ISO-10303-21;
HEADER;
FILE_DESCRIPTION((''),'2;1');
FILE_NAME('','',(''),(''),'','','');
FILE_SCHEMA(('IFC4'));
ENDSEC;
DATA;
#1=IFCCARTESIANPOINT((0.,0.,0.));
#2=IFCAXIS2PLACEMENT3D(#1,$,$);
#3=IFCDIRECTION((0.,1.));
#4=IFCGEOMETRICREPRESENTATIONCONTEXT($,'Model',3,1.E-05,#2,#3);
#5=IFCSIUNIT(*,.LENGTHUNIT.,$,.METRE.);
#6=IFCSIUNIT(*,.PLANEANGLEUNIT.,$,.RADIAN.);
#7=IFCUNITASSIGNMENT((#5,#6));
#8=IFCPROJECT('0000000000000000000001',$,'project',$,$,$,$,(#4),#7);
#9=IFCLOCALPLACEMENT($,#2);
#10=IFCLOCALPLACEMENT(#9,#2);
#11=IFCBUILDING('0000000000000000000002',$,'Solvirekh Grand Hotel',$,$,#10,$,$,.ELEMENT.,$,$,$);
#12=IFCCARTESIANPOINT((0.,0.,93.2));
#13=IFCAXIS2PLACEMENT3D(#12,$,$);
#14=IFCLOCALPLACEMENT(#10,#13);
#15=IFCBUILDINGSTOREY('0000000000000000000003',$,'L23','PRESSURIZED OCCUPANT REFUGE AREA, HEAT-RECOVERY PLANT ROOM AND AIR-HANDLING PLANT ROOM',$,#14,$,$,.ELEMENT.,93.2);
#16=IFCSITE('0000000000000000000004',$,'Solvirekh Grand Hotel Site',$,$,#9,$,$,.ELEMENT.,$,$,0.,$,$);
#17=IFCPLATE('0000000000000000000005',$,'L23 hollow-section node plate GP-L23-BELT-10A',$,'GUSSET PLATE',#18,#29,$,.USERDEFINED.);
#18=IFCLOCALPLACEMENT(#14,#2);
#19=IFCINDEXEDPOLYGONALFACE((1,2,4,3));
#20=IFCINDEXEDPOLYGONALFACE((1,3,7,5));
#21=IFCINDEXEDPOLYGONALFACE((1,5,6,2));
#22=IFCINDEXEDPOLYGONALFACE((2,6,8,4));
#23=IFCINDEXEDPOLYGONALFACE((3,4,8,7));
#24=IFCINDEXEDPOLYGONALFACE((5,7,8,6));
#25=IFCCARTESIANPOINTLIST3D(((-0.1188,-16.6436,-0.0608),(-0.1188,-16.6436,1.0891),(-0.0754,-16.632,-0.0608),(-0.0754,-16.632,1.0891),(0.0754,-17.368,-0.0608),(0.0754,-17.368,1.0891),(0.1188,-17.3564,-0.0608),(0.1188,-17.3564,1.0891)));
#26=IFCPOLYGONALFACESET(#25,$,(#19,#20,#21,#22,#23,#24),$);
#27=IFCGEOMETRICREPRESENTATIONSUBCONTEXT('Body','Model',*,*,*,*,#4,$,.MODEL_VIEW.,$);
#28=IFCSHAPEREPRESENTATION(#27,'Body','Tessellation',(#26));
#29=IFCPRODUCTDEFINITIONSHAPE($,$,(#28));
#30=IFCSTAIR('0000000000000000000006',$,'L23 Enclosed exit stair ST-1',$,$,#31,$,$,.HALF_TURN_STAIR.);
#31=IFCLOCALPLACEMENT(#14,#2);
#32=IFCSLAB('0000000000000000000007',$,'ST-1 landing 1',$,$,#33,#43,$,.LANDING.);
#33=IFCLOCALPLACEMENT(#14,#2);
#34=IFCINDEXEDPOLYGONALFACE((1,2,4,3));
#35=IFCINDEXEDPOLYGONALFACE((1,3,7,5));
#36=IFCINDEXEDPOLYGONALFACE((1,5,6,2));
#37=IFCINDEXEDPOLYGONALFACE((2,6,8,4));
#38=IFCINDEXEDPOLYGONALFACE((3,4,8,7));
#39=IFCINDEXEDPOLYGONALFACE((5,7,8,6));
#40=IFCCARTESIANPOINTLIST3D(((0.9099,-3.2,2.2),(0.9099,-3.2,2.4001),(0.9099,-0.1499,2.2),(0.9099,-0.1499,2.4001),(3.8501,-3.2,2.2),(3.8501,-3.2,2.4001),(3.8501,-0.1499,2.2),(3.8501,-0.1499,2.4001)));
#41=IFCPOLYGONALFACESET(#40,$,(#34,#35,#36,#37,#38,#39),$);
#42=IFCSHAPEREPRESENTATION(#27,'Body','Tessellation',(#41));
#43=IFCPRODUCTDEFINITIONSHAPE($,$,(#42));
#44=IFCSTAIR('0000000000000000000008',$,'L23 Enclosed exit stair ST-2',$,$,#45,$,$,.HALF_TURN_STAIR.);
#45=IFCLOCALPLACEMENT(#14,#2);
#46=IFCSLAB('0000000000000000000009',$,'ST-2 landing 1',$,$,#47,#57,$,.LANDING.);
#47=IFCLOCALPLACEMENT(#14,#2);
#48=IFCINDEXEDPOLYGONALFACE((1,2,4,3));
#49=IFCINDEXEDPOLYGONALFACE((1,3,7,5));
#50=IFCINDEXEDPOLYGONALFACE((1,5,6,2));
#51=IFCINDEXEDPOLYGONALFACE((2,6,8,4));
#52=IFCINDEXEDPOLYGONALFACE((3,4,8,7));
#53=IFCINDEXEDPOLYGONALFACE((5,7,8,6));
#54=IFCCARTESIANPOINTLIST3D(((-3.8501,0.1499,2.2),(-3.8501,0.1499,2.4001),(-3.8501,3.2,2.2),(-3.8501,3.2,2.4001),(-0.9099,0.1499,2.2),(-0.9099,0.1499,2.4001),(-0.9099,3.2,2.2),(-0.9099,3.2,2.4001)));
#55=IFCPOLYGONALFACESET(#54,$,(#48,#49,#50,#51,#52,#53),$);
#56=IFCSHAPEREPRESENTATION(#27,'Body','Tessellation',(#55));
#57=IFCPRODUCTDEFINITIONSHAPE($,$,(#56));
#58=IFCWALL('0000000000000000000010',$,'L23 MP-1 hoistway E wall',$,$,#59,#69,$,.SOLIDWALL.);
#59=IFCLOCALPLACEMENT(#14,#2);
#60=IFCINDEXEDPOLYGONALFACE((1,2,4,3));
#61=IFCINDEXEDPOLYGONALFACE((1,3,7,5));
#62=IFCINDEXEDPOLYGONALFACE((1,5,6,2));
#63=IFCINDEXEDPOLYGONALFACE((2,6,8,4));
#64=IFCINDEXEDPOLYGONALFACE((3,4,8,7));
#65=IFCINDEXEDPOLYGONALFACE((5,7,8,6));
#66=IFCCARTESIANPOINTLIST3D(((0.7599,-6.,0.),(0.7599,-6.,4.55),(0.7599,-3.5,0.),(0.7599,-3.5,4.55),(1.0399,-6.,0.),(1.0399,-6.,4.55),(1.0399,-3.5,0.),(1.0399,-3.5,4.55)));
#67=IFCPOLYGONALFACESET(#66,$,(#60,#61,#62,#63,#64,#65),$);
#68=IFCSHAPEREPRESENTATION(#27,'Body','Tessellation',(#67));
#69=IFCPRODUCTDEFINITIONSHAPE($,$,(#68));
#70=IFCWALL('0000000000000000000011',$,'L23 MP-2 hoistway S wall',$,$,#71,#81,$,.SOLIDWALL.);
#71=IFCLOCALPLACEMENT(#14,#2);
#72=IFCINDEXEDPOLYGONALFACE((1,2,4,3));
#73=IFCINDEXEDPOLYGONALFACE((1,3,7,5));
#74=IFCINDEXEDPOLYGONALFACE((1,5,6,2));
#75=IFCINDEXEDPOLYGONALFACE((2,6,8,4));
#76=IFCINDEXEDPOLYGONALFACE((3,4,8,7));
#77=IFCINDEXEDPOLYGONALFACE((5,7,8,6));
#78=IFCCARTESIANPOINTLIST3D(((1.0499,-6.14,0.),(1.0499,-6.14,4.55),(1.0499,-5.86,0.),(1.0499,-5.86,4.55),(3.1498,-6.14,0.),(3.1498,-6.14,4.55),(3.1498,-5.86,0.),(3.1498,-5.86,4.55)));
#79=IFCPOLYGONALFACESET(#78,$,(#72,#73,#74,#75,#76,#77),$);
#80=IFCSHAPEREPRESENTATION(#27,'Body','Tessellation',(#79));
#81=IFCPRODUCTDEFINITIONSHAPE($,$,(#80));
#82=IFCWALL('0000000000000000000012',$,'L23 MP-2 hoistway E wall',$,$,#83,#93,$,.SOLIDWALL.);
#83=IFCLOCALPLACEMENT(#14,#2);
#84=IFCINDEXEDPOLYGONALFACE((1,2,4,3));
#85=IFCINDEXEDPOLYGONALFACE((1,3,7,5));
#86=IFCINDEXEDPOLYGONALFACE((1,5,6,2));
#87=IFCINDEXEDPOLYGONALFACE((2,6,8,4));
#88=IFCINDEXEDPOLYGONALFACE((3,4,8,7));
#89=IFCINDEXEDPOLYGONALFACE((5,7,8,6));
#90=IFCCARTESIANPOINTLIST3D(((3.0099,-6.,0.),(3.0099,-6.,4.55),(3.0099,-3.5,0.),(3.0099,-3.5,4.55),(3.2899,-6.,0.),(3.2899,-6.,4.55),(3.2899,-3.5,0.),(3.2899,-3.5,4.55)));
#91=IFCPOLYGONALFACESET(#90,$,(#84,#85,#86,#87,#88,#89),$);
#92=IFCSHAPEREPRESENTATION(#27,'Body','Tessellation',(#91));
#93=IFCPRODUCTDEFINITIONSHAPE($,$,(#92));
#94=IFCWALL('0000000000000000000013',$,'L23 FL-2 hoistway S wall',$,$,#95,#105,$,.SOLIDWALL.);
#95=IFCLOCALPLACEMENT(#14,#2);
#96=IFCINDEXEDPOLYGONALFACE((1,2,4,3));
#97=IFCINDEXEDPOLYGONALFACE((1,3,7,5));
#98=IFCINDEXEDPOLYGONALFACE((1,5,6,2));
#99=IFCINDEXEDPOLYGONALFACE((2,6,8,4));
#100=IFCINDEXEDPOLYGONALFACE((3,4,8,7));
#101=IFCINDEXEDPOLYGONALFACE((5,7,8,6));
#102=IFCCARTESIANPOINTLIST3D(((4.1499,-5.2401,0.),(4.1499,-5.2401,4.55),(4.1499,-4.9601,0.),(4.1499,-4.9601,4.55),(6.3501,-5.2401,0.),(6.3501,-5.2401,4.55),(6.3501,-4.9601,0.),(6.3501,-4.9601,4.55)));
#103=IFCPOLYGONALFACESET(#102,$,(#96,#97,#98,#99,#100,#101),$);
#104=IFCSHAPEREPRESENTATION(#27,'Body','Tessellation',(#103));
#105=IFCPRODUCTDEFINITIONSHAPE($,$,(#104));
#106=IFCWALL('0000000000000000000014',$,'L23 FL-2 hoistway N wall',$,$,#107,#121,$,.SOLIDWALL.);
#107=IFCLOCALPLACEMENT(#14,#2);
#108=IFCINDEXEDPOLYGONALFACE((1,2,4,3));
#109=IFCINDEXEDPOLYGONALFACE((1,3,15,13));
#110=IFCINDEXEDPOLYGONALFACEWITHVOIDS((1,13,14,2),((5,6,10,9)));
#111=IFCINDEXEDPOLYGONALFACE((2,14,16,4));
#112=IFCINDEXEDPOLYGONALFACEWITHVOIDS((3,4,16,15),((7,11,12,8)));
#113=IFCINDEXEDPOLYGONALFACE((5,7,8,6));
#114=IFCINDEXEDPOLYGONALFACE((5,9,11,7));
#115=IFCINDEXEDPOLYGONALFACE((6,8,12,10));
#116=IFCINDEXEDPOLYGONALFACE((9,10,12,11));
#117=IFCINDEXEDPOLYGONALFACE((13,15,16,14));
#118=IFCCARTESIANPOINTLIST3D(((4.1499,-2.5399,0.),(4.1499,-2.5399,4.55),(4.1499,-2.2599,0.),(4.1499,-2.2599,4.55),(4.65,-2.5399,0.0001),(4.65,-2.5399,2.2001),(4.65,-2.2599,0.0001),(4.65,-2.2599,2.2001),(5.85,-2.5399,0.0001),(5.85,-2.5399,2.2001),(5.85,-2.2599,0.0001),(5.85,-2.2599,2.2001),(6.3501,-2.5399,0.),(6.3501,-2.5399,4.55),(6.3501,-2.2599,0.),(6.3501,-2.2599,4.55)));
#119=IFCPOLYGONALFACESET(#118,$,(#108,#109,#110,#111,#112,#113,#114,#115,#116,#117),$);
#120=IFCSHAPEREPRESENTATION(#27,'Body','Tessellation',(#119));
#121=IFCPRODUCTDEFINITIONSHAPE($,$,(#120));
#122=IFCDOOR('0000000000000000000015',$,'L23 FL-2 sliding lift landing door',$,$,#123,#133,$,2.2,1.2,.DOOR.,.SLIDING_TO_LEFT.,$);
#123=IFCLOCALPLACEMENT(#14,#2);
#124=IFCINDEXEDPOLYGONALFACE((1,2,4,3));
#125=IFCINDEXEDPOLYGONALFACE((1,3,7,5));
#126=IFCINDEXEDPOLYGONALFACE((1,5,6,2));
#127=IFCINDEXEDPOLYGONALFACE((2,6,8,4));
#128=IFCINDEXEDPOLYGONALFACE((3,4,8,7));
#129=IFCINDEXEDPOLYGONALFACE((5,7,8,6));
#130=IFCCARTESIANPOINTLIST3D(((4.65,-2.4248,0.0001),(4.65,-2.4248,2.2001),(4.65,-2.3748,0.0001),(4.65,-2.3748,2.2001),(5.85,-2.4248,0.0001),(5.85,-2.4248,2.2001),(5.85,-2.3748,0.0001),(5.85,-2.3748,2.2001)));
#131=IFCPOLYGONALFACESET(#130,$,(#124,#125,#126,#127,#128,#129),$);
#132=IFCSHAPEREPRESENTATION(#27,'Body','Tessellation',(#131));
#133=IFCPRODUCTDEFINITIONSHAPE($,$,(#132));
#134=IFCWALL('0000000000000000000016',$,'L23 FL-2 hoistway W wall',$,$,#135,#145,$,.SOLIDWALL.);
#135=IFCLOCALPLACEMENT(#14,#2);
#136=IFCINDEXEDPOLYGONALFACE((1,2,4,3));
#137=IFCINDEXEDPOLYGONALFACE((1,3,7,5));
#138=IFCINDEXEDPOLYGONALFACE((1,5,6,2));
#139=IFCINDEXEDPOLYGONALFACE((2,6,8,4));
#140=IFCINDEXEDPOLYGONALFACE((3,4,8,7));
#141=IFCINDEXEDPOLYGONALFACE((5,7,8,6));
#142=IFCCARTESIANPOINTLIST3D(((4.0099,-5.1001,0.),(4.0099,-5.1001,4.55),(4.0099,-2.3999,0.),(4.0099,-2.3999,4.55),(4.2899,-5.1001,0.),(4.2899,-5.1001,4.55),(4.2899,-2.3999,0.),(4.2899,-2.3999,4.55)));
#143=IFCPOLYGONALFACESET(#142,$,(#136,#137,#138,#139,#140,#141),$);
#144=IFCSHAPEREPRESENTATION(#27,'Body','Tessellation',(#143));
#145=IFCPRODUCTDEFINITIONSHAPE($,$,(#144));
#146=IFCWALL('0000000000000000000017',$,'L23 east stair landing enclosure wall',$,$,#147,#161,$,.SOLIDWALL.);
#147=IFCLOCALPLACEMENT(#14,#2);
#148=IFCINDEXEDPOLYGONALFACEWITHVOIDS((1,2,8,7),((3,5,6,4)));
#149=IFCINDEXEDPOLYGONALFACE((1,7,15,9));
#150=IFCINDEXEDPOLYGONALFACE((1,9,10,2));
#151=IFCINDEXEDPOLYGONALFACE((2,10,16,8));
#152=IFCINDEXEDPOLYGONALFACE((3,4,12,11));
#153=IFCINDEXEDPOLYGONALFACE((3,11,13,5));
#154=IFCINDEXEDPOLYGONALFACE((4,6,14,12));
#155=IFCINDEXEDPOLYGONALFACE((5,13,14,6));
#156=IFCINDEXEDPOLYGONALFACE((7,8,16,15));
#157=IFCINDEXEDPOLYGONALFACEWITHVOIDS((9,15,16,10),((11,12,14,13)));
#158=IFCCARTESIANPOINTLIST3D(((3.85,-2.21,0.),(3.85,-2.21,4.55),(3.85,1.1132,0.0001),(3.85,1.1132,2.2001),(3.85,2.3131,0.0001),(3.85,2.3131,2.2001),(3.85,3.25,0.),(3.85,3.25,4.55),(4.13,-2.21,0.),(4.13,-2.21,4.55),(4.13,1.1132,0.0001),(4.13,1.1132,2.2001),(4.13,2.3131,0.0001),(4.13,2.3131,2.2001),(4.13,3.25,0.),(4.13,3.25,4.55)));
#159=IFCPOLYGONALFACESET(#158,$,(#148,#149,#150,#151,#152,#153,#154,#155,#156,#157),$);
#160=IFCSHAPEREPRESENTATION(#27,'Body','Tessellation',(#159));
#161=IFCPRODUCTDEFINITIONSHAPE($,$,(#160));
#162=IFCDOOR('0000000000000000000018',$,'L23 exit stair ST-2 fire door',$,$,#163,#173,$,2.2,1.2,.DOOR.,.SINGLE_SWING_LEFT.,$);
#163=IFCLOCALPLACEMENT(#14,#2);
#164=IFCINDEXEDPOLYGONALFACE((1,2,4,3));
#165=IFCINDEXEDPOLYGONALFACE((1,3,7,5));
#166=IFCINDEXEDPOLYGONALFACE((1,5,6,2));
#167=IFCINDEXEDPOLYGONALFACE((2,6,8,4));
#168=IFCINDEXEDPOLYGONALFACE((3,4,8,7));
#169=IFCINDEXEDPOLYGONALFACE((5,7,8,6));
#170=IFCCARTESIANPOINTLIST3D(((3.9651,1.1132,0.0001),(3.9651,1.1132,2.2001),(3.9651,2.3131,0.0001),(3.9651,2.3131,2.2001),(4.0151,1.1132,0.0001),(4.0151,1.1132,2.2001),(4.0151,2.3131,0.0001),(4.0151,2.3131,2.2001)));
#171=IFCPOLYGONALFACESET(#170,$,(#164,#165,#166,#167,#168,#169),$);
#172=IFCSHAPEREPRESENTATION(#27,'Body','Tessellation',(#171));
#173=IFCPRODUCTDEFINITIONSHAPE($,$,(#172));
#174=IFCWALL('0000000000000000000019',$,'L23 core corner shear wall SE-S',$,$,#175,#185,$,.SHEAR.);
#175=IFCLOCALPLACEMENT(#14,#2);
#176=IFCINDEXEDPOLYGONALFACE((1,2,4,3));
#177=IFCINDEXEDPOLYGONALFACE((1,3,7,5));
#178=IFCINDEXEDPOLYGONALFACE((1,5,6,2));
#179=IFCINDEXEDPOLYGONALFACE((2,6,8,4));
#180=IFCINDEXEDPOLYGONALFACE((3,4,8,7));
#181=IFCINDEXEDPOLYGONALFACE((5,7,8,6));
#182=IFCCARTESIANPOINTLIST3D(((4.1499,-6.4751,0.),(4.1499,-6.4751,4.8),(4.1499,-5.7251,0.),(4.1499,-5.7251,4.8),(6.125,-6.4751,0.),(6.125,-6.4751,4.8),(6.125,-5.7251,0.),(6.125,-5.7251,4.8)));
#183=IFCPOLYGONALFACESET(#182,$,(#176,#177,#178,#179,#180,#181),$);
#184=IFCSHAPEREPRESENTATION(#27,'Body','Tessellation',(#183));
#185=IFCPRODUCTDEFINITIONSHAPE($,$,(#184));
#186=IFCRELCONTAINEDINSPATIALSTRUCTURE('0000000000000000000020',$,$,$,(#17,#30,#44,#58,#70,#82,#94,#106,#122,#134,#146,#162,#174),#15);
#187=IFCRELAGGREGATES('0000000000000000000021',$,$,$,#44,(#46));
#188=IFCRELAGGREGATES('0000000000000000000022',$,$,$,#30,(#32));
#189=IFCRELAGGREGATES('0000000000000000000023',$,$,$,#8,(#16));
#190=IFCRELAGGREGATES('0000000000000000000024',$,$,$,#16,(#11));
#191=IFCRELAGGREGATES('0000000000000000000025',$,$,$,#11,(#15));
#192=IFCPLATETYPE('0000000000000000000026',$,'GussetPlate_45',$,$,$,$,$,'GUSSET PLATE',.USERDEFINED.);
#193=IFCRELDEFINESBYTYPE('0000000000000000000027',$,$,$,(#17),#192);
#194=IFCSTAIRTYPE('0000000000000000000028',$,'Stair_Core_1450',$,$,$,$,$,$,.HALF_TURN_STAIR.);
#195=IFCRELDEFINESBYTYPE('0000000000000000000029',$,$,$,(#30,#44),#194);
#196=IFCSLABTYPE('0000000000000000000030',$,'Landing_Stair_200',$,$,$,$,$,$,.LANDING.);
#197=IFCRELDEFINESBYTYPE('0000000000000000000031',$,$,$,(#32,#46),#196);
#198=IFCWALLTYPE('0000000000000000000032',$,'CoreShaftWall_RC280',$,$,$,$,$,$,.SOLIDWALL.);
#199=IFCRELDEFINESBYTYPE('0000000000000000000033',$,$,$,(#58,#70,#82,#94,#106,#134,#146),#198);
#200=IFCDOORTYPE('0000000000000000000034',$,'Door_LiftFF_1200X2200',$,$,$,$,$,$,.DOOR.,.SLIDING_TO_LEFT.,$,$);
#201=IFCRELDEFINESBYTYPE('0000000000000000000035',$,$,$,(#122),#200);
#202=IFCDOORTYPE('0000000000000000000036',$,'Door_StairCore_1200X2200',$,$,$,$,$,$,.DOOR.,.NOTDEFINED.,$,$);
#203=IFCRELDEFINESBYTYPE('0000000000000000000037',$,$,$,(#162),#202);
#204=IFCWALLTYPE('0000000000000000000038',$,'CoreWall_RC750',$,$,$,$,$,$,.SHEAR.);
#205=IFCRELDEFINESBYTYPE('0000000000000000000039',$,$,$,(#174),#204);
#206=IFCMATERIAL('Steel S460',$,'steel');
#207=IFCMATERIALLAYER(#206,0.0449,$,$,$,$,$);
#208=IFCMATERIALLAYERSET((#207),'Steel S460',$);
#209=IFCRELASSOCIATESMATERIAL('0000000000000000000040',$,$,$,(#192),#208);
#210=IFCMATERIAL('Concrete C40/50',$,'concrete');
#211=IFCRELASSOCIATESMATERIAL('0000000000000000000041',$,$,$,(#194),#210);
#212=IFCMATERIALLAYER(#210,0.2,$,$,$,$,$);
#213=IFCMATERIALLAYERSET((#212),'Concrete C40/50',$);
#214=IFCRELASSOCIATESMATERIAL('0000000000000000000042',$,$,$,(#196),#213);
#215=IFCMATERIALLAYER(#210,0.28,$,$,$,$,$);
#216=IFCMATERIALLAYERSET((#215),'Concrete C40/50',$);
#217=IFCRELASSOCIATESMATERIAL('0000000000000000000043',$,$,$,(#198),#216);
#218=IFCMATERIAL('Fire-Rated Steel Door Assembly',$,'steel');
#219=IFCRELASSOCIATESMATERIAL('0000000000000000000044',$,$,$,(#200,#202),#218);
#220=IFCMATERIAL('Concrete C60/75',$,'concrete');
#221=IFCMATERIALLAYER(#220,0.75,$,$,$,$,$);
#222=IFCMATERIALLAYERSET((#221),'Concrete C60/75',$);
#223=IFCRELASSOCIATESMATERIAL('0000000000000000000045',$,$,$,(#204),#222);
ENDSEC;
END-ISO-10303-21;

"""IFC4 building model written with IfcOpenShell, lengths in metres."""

from ifc_helpers import new_model, si_unit, direction, frame, frame_2d, origin, origin_2d, place, context, subcontext, project, spatial, polyline, rectangle, outline, extrude, material, layer, layer_set, type_object, element, fill, aggregate, save


model = new_model("IFC4")

# Units and contexts
model_context = context("Model", 3, precision=1e-05, world=origin(), true_north=direction((0.0, 1.0)))
body_context = subcontext(model_context, "Body", "Model", "MODEL_VIEW")
ifc_project = project(units=[si_unit("LENGTHUNIT", "METRE"), si_unit("PLANEANGLEUNIT", "RADIAN")], contexts=[model_context])

# Site, building, storey
site_placement = place(None, origin())
site = spatial("IfcSite", under=ifc_project, at=site_placement, Name="Solvirekh Grand Hotel Site", CompositionType="ELEMENT", RefElevation=0.0)
building_placement = place(site_placement, origin())
building = spatial("IfcBuilding", under=site, at=building_placement, Name="Solvirekh Grand Hotel", CompositionType="ELEMENT")
storey_placement = place(building_placement, frame((0.0, 0.0, 93.2)))
storey = spatial("IfcBuildingStorey", under=building, at=storey_placement, Name="L23", Description="PRESSURIZED OCCUPANT REFUGE AREA, HEAT-RECOVERY PLANT ROOM AND AIR-HANDLING PLANT ROOM", CompositionType="ELEMENT", Elevation=93.2)

# Shared definitions
ifc_material_1 = material(Name="Concrete C60/75", Category="concrete")

# Shared definitions
ifc_material_2 = material(Name="Steel S460", Category="steel")

# Plate
ifc_layer_1 = layer(ifc_material_2, 0.0449)
ifc_layer_set_1 = layer_set([ifc_layer_1], Name="Steel S460")
plate_type = type_object("IfcPlateType", Name="GussetPlate_45", ElementType="GUSSET PLATE", PredefinedType="USERDEFINED", material=ifc_layer_set_1)
for number, where, z_axis, x_axis, name in (
    (1, (0.0, -17.0, -0.0608), (0.0, 0.0, 1.0), (0.965926, 0.258819, 0.0), "L23 hollow-section node plate GP-L23-BELT-10A"),
):
    element("IfcPlate", number, at=place(storey_placement, frame(where, z_axis=z_axis, x_axis=x_axis)), inside=storey, type_object=plate_type, Name=name, ObjectType="GUSSET PLATE", PredefinedType="USERDEFINED", context=body_context, shape_type="SweptSolid", body=[
        extrude(rectangle(XDim=0.0449, YDim=0.75, at=origin_2d()), origin(), (0.0, 0.0, 1.0), 1.1499),
    ])

# Stairs, slabs
ifc_material_3 = material(Name="Concrete C40/50", Category="concrete")
stair_type = type_object("IfcStairType", Name="Stair_Core_1450", PredefinedType="HALF_TURN_STAIR", material=ifc_material_3)
stair_1_placement = place(storey_placement, origin())
stair_1 = element("IfcStair", 2, at=stair_1_placement, inside=storey, type_object=stair_type, Name="L23 Enclosed exit stair ST-1", PredefinedType="HALF_TURN_STAIR")
ifc_layer_2 = layer(ifc_material_3, 0.2)
ifc_layer_set_2 = layer_set([ifc_layer_2], Name="Concrete C40/50")
slab_type = type_object("IfcSlabType", Name="Landing_Stair_200", PredefinedType="LANDING", material=ifc_layer_set_2)
slab_1_placement = place(storey_placement, frame((0.0, 0.0, 2.2)))
slab_1 = element("IfcSlab", 3, at=slab_1_placement, type_object=slab_type, Name="ST-1 landing 1", PredefinedType="LANDING", context=body_context, shape_type="SweptSolid", body=[
    extrude(outline(polyline([(0.9099, -3.2), (3.8501, -3.2), (3.8501, -0.1499), (0.9099, -0.1499), (0.9099, -3.2)])), origin(), (0.0, 0.0, 1.0), 0.2002),
])
stair_2_placement = place(storey_placement, origin())
stair_2 = element("IfcStair", 4, at=stair_2_placement, inside=storey, type_object=stair_type, Name="L23 Enclosed exit stair ST-2", PredefinedType="HALF_TURN_STAIR")
slab_2_placement = place(storey_placement, frame((0.0, 0.0, 2.2)))
slab_2 = element("IfcSlab", 5, at=slab_2_placement, type_object=slab_type, Name="ST-2 landing 1", PredefinedType="LANDING", context=body_context, shape_type="SweptSolid", body=[
    extrude(outline(polyline([(-0.9099, 3.2), (-3.8501, 3.2), (-3.8501, 0.1499), (-0.9099, 0.1499), (-0.9099, 3.2)])), origin(), (0.0, 0.0, 1.0), 0.2002),
])
aggregate(stair_2, [slab_2])

# Walls
ifc_layer_3 = layer(ifc_material_3, 0.28)
ifc_layer_set_3 = layer_set([ifc_layer_3], Name="Concrete C40/50")
wall_type_1 = type_object("IfcWallType", Name="CoreShaftWall_RC280", PredefinedType="SOLIDWALL", material=ifc_layer_set_3)
wall_1_placement = place(storey_placement, frame((0.8999, -6.0, 0.0), z_axis=(0.0, 0.0, 1.0), x_axis=(0.0, 1.0, 0.0)))
element("IfcWall", 6, at=wall_1_placement, inside=storey, type_object=wall_type_1, Name="L23 MP-1 hoistway E wall", PredefinedType="SOLIDWALL", context=body_context, shape_type="SweptSolid", body=[
    extrude(rectangle(XDim=2.5, YDim=0.28, at=frame_2d((1.25, 0.0))), origin(), (0.0, 0.0, 1.0), 4.55),
])
wall_2_placement = place(storey_placement, frame((1.05, -6.0, 0.0), z_axis=(0.0, 0.0, 1.0), x_axis=(1.0, 0.0, 0.0)))
element("IfcWall", 7, at=wall_2_placement, inside=storey, type_object=wall_type_1, Name="L23 MP-2 hoistway S wall", PredefinedType="SOLIDWALL", context=body_context, shape_type="SweptSolid", body=[
    extrude(rectangle(XDim=2.0999, YDim=0.28, at=frame_2d((1.0498, 0.0))), origin(), (0.0, 0.0, 1.0), 4.55),
])
wall_3_placement = place(storey_placement, frame((3.1499, -6.0, 0.0), z_axis=(0.0, 0.0, 1.0), x_axis=(0.0, 1.0, 0.0)))
element("IfcWall", 8, at=wall_3_placement, inside=storey, type_object=wall_type_1, Name="L23 MP-2 hoistway E wall", PredefinedType="SOLIDWALL", context=body_context, shape_type="SweptSolid", body=[
    extrude(rectangle(XDim=2.5, YDim=0.28, at=frame_2d((1.25, 0.0))), origin(), (0.0, 0.0, 1.0), 4.55),
])
wall_4_placement = place(storey_placement, frame((4.1499, -5.1001, 0.0), z_axis=(0.0, 0.0, 1.0), x_axis=(1.0, 0.0, 0.0)))
element("IfcWall", 9, at=wall_4_placement, inside=storey, type_object=wall_type_1, Name="L23 FL-2 hoistway S wall", PredefinedType="SOLIDWALL", context=body_context, shape_type="SweptSolid", body=[
    extrude(rectangle(XDim=2.2002, YDim=0.28, at=frame_2d((1.1001, 0.0))), origin(), (0.0, 0.0, 1.0), 4.55),
])

# Wall, opening, door
wall_5_placement = place(storey_placement, frame((6.3501, -2.3999, 0.0), z_axis=(0.0, 0.0, 1.0), x_axis=(-1.0, 0.0, 0.0)))
wall_5 = element("IfcWall", 10, at=wall_5_placement, inside=storey, type_object=wall_type_1, Name="L23 FL-2 hoistway N wall", PredefinedType="SOLIDWALL", context=body_context, shape_type="SweptSolid", body=[
    extrude(rectangle(XDim=2.2002, YDim=0.28, at=frame_2d((1.1001, 0.0))), origin(), (0.0, 0.0, 1.0), 4.55),
])
opening_1_placement = place(wall_5_placement, frame((0.5, 0.0, 0.0)))
opening_1 = element("IfcOpeningElement", 11, at=opening_1_placement, cuts=wall_5, PredefinedType="OPENING", context=body_context, shape_type="SweptSolid", body=[
    extrude(rectangle(XDim=1.2, YDim=2.2, at=frame_2d((0.6001, 1.1001))), frame((0.0, 0.1499, 0.0), z_axis=(0.0, -1.0, 0.0), x_axis=(1.0, 0.0, 0.0)), (0.0, 0.0, 1.0), 0.3),
])
ifc_material_4 = material(Name="Fire-Rated Steel Door Assembly", Category="steel")
door_type_1 = type_object("IfcDoorType", Name="Door_LiftFF_1200X2200", OperationType="SLIDING_TO_LEFT", PredefinedType="DOOR", material=ifc_material_4)
door_1_placement = place(opening_1_placement, origin())
door_1 = element("IfcDoor", 12, at=door_1_placement, inside=storey, type_object=door_type_1, Name="L23 FL-2 sliding lift landing door", OperationType="SLIDING_TO_LEFT", OverallHeight=2.2, OverallWidth=1.2, PredefinedType="DOOR", context=body_context, shape_type="SweptSolid", body=[
    extrude(rectangle(XDim=1.2, YDim=2.2, at=frame_2d((0.6001, 1.1001))), frame((0.0, 0.0249, 0.0), z_axis=(0.0, -1.0, 0.0), x_axis=(1.0, 0.0, 0.0)), (0.0, 0.0, 1.0), 0.05),
])
fill(opening_1, door_1)

# Wall
wall_6_placement = place(storey_placement, frame((4.1499, -2.3999, 0.0), z_axis=(0.0, 0.0, 1.0), x_axis=(0.0, -1.0, 0.0)))
element("IfcWall", 13, at=wall_6_placement, inside=storey, type_object=wall_type_1, Name="L23 FL-2 hoistway W wall", PredefinedType="SOLIDWALL", context=body_context, shape_type="SweptSolid", body=[
    extrude(rectangle(XDim=2.7002, YDim=0.28, at=frame_2d((1.3501, 0.0))), origin(), (0.0, 0.0, 1.0), 4.55),
])

# Wall, opening, door
wall_7_placement = place(storey_placement, frame((3.99, -2.21, 0.0), z_axis=(0.0, 0.0, 1.0), x_axis=(0.0, 1.0, 0.0)))
wall_7 = element("IfcWall", 14, at=wall_7_placement, inside=storey, type_object=wall_type_1, Name="L23 east stair landing enclosure wall", PredefinedType="SOLIDWALL", context=body_context, shape_type="SweptSolid", body=[
    extrude(rectangle(XDim=5.46, YDim=0.28, at=frame_2d((2.73, 0.0))), origin(), (0.0, 0.0, 1.0), 4.55),
])
opening_2_placement = place(wall_7_placement, frame((3.323, 0.0, 0.0)))
opening_2 = element("IfcOpeningElement", 15, at=opening_2_placement, cuts=wall_7, PredefinedType="OPENING", context=body_context, shape_type="SweptSolid", body=[
    extrude(rectangle(XDim=1.2, YDim=2.2, at=frame_2d((0.6001, 1.1001))), frame((0.0, 0.1499, 0.0), z_axis=(0.0, -1.0, 0.0), x_axis=(1.0, 0.0, 0.0)), (0.0, 0.0, 1.0), 0.3),
])
door_type_2 = type_object("IfcDoorType", Name="Door_StairCore_1200X2200", OperationType="NOTDEFINED", PredefinedType="DOOR", material=ifc_material_4)
door_2_placement = place(opening_2_placement, origin())
door_2 = element("IfcDoor", 16, at=door_2_placement, inside=storey, type_object=door_type_2, Name="L23 exit stair ST-2 fire door", OperationType="SINGLE_SWING_LEFT", OverallHeight=2.2, OverallWidth=1.2, PredefinedType="DOOR", context=body_context, shape_type="SweptSolid", body=[
    extrude(rectangle(XDim=1.2, YDim=2.2, at=frame_2d((0.6001, 1.1001))), frame((0.0, 0.0249, 0.0), z_axis=(0.0, -1.0, 0.0), x_axis=(1.0, 0.0, 0.0)), (0.0, 0.0, 1.0), 0.05),
])
fill(opening_2, door_2)

# Wall
ifc_layer_4 = layer(ifc_material_1, 0.75)
ifc_layer_set_4 = layer_set([ifc_layer_4], Name="Concrete C60/75")
wall_type_2 = type_object("IfcWallType", Name="CoreWall_RC750", PredefinedType="SHEAR", material=ifc_layer_set_4)
wall_8_placement = place(storey_placement, frame((4.1499, -6.1001, 0.0), z_axis=(0.0, 0.0, 1.0), x_axis=(1.0, 0.0, 0.0)))
element("IfcWall", 17, at=wall_8_placement, inside=storey, type_object=wall_type_2, Name="L23 core corner shear wall SE-S", PredefinedType="SHEAR", context=body_context, shape_type="SweptSolid", body=[
    extrude(rectangle(XDim=1.9751, YDim=0.75, at=frame_2d((0.9875, 0.0))), origin(), (0.0, 0.0, 1.0), 4.8),
])

aggregate(stair_1, [slab_1])

save(model, "model.ifc")
